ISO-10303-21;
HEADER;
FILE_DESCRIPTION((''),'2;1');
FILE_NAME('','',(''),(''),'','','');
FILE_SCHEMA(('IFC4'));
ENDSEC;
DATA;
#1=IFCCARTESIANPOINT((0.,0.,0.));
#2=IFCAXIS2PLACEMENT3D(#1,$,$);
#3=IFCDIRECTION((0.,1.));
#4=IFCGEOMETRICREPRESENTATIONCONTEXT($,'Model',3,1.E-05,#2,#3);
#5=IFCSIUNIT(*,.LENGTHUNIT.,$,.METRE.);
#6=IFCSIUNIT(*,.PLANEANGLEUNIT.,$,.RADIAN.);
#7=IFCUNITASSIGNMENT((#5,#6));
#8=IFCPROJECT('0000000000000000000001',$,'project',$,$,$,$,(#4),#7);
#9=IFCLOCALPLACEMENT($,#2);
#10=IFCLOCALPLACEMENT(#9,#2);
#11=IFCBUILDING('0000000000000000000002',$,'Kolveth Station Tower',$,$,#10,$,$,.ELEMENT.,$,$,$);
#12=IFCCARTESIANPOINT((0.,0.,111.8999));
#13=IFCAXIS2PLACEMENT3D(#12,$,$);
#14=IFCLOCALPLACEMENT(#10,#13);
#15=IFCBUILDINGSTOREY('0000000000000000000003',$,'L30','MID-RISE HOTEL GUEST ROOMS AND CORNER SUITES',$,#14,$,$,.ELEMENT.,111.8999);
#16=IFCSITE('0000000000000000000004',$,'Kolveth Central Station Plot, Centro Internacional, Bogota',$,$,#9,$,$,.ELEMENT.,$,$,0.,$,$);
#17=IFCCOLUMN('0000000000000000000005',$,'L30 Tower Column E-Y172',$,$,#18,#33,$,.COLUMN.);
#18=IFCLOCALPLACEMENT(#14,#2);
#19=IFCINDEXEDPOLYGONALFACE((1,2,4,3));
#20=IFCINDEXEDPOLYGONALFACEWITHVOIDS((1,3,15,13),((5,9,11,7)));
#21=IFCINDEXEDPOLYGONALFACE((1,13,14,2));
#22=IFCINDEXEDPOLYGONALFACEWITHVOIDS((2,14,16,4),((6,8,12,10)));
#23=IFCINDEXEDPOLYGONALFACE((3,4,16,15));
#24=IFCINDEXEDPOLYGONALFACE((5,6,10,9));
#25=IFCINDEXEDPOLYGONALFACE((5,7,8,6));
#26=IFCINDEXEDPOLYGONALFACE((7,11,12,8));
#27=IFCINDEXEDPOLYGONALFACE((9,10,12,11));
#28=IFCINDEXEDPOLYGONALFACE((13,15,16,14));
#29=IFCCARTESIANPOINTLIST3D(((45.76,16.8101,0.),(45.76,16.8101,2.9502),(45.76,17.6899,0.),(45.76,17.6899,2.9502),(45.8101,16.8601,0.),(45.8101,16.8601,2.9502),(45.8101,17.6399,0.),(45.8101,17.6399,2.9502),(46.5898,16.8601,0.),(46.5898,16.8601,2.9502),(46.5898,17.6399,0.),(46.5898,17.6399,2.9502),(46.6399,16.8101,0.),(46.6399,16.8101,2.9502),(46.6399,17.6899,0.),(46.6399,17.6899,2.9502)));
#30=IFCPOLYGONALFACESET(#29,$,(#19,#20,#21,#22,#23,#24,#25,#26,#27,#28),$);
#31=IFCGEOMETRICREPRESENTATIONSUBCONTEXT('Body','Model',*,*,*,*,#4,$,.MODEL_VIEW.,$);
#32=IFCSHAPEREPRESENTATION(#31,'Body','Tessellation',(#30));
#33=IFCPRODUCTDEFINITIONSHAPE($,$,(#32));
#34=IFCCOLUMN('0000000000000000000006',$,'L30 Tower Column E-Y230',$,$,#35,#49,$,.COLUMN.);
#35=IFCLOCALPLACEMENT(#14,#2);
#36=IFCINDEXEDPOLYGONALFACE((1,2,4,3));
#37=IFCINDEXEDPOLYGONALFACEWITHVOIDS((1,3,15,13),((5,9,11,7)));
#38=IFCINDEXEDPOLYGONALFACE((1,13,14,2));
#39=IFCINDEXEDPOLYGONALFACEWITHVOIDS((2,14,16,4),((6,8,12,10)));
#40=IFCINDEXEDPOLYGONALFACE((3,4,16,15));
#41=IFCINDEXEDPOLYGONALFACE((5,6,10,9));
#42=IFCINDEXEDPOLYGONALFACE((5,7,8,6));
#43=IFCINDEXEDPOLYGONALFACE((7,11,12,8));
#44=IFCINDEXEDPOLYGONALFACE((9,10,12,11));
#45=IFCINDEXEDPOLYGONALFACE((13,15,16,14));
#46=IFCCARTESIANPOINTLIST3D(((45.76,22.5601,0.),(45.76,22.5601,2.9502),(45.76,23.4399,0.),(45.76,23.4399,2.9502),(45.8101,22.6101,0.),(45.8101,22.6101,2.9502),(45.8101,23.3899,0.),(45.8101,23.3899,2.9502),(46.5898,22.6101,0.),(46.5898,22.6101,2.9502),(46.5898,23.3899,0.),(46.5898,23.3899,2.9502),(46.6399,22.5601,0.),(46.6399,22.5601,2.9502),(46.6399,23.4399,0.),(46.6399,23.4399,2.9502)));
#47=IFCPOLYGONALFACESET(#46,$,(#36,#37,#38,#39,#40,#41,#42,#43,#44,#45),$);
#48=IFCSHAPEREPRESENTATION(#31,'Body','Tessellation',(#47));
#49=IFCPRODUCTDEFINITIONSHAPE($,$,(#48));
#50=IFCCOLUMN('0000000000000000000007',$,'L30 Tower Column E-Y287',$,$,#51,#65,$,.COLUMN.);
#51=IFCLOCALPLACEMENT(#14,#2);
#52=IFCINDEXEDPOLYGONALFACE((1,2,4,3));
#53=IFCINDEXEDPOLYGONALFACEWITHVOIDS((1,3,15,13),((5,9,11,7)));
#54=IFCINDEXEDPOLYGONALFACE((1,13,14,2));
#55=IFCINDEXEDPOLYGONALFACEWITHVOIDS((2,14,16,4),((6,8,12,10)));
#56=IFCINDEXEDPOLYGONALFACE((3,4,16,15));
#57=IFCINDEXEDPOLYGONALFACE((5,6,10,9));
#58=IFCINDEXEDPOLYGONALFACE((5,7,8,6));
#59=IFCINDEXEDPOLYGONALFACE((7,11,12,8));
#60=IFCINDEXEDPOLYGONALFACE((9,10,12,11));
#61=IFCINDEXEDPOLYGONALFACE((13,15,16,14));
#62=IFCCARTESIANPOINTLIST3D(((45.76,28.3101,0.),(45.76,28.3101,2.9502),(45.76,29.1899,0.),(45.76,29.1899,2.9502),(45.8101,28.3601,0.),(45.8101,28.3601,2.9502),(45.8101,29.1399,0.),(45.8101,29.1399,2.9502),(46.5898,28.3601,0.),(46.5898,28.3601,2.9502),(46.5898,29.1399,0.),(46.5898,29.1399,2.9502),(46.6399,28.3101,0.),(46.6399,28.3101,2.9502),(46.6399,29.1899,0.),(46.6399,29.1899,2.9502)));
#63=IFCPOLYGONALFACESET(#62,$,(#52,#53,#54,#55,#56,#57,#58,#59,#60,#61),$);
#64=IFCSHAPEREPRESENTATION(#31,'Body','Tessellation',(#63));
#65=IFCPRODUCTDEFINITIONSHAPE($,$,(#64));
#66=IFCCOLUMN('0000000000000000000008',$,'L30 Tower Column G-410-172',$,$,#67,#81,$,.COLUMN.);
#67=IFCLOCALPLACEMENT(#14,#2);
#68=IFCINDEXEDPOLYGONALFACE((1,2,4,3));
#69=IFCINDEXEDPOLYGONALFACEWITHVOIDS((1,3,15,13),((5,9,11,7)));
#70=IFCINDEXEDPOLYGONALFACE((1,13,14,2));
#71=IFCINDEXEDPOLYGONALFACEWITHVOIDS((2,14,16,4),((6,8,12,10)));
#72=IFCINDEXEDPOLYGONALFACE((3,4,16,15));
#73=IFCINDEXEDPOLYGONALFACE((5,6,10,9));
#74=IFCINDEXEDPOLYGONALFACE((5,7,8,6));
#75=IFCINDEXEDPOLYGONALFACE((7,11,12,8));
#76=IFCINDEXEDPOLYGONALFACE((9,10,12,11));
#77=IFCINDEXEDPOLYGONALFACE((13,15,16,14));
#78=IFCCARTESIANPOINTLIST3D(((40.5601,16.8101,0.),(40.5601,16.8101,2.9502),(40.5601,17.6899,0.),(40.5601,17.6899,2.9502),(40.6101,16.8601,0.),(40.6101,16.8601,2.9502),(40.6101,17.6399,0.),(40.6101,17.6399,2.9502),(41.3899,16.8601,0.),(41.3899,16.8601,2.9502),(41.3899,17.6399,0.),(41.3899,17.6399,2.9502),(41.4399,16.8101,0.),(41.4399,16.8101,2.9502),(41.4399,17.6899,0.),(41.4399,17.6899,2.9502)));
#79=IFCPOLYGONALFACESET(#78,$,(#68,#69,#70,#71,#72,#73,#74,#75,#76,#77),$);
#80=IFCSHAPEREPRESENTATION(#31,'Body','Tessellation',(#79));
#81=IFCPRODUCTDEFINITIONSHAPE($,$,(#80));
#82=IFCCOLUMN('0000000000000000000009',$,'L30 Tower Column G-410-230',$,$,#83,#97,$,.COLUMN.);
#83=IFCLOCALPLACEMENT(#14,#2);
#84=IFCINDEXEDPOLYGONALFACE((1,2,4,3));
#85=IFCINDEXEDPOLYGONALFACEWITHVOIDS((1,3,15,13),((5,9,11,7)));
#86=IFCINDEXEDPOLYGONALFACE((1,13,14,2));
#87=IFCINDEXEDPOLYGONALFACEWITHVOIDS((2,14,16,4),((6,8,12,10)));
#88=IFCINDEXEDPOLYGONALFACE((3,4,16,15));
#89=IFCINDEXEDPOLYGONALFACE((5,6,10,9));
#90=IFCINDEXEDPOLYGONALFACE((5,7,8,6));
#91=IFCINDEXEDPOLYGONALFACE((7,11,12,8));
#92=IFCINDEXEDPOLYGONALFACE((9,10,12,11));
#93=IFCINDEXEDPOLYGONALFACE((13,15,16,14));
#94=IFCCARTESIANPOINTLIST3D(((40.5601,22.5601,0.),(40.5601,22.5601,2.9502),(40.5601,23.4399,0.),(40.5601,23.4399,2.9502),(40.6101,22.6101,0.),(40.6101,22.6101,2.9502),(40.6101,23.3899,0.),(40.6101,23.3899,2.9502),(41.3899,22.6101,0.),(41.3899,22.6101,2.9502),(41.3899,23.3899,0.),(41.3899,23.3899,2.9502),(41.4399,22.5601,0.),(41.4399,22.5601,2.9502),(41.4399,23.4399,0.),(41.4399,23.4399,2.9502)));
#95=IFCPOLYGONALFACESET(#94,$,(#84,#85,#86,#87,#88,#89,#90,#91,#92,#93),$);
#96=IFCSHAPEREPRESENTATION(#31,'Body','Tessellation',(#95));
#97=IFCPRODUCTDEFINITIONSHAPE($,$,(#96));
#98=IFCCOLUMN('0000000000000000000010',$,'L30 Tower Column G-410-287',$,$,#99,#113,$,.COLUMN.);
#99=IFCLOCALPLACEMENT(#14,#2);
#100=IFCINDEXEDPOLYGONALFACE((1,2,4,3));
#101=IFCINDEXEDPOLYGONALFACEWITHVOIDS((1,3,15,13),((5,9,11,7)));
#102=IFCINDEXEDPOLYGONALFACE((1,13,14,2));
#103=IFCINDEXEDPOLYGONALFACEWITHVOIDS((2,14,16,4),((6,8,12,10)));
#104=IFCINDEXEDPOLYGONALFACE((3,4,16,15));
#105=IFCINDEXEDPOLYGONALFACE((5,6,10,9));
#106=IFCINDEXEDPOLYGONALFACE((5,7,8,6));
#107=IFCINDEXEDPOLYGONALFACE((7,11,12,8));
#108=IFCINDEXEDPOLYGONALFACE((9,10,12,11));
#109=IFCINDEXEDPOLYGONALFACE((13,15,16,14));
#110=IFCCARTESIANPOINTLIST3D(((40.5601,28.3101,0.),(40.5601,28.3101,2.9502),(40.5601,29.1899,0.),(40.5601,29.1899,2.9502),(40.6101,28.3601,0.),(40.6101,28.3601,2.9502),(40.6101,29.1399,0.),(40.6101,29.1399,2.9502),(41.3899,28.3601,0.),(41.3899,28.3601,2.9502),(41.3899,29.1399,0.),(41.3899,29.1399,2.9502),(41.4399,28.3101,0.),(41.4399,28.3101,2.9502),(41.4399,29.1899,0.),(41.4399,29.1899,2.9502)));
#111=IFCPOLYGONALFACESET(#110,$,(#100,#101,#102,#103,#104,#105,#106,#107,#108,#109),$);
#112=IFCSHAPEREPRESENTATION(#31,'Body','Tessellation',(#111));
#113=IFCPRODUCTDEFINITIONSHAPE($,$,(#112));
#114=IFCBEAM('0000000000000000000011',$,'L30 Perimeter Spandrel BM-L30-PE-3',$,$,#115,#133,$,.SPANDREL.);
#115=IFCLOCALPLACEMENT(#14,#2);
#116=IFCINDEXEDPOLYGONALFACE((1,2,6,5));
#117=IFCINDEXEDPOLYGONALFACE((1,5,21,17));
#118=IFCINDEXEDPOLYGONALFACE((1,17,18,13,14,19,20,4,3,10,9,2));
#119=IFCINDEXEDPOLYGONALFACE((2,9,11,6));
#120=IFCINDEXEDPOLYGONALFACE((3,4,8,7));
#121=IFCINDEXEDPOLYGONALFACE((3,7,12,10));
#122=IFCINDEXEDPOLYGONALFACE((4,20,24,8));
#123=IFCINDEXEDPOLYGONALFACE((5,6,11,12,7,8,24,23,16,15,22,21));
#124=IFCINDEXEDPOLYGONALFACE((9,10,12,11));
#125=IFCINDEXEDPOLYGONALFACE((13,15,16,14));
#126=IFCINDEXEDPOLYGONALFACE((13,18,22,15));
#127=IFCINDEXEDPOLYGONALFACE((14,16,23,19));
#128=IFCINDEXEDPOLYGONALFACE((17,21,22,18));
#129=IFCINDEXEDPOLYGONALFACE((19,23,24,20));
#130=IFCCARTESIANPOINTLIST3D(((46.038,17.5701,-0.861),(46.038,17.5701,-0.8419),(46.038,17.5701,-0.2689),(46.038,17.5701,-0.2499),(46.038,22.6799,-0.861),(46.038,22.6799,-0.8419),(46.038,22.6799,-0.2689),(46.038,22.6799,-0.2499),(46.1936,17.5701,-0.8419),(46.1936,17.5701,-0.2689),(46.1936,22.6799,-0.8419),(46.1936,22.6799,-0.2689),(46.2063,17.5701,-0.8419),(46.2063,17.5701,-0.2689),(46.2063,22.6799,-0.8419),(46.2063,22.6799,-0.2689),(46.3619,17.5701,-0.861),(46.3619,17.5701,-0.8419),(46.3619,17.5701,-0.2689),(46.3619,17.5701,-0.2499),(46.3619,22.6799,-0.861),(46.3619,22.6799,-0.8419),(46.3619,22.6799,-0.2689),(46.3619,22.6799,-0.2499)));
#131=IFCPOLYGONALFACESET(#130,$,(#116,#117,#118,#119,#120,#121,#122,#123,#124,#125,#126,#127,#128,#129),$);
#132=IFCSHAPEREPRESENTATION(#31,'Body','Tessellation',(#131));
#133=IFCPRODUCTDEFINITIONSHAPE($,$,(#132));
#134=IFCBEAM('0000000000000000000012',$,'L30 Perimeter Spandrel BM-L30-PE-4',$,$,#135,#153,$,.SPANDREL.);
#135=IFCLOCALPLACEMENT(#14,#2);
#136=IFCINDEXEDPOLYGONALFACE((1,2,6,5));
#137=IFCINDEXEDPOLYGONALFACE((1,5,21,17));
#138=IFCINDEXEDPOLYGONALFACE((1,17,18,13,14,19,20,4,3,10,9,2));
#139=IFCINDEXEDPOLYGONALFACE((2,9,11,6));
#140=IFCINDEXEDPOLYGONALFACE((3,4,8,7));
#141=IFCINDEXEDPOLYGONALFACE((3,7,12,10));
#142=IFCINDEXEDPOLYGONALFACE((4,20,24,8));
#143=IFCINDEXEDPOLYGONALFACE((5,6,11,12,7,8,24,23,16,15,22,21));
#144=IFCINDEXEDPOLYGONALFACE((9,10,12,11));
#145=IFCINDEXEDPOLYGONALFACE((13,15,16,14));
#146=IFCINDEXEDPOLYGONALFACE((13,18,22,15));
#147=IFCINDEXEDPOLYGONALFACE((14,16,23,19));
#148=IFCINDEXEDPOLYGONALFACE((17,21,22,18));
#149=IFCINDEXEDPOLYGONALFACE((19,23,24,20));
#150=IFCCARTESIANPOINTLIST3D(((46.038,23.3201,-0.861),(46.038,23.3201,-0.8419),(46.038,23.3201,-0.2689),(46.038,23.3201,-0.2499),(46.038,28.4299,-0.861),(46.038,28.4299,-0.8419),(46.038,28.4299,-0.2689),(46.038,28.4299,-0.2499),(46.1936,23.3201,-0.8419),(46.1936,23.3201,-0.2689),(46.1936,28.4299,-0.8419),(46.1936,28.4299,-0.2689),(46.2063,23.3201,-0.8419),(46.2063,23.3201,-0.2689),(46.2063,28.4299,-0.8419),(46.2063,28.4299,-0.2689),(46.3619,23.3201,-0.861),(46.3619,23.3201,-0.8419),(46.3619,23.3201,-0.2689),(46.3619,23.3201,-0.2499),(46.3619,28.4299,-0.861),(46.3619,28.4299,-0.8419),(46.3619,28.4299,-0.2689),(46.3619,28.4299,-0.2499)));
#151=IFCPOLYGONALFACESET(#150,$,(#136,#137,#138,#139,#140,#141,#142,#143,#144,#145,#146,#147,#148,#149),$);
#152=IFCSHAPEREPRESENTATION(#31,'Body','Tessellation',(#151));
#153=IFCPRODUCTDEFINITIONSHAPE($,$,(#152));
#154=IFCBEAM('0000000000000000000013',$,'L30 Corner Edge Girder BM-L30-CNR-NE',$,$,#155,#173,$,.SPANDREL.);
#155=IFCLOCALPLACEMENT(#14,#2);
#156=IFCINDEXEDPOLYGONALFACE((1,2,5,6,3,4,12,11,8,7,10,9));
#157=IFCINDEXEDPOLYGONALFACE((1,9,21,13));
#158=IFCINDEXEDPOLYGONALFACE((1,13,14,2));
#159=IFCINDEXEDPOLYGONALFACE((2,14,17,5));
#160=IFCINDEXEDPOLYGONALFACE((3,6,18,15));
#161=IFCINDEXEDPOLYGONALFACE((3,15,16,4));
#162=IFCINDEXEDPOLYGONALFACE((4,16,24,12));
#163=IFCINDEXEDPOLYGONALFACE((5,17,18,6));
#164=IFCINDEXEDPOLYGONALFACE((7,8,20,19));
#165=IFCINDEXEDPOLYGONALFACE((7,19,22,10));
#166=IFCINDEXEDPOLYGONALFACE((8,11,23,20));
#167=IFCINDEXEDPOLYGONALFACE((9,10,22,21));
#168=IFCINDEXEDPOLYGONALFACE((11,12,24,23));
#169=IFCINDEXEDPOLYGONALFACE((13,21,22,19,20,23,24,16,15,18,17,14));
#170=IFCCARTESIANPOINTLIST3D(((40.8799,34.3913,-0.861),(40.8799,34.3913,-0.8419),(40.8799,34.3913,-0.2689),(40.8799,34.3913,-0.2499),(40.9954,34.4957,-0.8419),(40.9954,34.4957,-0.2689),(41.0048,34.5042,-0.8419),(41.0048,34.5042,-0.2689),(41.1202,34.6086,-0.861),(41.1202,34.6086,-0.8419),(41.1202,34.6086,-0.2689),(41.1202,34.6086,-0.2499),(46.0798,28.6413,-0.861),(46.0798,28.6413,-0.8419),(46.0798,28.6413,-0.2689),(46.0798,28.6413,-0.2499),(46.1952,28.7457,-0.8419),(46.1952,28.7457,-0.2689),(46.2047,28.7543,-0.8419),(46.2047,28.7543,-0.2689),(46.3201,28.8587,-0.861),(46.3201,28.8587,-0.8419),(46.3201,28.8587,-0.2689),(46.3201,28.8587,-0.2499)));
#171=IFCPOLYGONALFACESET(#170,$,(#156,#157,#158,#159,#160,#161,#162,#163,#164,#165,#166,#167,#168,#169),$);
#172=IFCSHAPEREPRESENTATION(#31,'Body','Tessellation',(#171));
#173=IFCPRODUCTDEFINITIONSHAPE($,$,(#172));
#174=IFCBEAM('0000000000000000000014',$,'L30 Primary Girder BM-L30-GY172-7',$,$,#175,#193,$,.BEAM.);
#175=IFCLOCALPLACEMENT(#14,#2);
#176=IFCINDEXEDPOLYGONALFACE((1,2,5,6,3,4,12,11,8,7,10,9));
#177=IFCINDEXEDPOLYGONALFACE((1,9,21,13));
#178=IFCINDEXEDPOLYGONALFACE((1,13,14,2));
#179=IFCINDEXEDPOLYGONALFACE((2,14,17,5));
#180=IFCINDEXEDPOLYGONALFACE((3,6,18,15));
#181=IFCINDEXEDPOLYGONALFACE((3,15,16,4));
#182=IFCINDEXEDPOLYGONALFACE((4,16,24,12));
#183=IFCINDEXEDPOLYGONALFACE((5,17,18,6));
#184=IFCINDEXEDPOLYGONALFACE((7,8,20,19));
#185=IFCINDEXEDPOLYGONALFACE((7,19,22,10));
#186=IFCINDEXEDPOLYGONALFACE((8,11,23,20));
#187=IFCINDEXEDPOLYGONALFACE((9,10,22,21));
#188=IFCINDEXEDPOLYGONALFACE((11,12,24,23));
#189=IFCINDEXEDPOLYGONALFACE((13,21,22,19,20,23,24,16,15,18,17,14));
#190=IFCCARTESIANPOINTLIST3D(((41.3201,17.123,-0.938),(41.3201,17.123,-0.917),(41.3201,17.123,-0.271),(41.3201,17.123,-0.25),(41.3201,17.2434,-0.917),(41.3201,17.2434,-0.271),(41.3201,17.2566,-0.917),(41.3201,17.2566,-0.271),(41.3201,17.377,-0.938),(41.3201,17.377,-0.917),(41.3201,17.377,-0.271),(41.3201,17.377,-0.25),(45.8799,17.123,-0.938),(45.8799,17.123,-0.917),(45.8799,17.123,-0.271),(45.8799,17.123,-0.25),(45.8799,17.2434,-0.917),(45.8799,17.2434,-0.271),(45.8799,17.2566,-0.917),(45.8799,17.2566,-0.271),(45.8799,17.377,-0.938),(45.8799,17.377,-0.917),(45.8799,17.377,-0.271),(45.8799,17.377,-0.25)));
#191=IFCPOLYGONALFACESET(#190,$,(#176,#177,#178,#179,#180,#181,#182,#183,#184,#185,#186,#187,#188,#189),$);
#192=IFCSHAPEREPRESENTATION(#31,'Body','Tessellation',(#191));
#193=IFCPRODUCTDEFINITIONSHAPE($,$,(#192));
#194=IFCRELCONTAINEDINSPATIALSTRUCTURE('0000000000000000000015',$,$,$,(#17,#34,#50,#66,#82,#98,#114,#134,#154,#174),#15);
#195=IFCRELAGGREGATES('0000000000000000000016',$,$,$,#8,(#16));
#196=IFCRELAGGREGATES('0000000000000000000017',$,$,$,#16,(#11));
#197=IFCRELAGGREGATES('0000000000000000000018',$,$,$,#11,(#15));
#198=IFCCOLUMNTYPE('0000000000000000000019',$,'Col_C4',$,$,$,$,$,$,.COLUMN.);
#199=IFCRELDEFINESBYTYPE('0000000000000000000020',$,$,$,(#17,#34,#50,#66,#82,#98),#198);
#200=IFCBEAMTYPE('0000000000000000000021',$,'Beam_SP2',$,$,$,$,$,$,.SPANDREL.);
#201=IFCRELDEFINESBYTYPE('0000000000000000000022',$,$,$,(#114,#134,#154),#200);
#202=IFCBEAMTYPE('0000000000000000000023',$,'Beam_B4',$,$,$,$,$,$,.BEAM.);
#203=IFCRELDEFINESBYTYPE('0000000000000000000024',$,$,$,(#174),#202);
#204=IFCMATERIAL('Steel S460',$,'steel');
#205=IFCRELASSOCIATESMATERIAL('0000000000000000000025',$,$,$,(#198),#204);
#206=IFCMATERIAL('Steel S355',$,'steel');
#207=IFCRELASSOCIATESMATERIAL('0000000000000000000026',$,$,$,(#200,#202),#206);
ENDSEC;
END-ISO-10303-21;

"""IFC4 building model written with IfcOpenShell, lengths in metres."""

from ifc_helpers import new_model, si_unit, direction, frame, origin, origin_2d, place, context, subcontext, project, spatial, hollow_rectangle, i_section, extrude, source, transform, mapped, material, material_profile, profile_set, type_object, element, save


model = new_model("IFC4")

# Units and contexts
model_context = context("Model", 3, precision=1e-05, world=origin(), true_north=direction((0.0, 1.0)))
body_context = subcontext(model_context, "Body", "Model", "MODEL_VIEW")
ifc_project = project(units=[si_unit("LENGTHUNIT", "METRE"), si_unit("PLANEANGLEUNIT", "RADIAN")], contexts=[model_context])

# Site, building, storey
site_placement = place(None, origin())
site = spatial("IfcSite", under=ifc_project, at=site_placement, Name="Kolveth Central Station Plot, Centro Internacional, Bogota", CompositionType="ELEMENT", RefElevation=0.0)
building_placement = place(site_placement, origin())
building = spatial("IfcBuilding", under=site, at=building_placement, Name="Kolveth Station Tower", CompositionType="ELEMENT")
storey_placement = place(building_placement, frame((0.0, 0.0, 111.8999)))
storey = spatial("IfcBuildingStorey", under=building, at=storey_placement, Name="L30", Description="MID-RISE HOTEL GUEST ROOMS AND CORNER SUITES", CompositionType="ELEMENT", Elevation=111.8999)

# Columns
ifc_material_1 = material(Name="Steel S460", Category="steel")
ifc_material_profile_1 = material_profile(ifc_material_1, hollow_rectangle(XDim=0.8799, YDim=0.8799, WallThickness=0.05, at=origin_2d()), Name="BOX880x880x50")
ifc_profile_set_1 = profile_set([ifc_material_profile_1], Name="Steel S460")
column_type = type_object("IfcColumnType", Name="Col_C4", PredefinedType="COLUMN", material=ifc_profile_set_1)
shared_shape_1 = source(origin(), body_context, "Body", "SweptSolid", [
    extrude(hollow_rectangle(XDim=0.8799, YDim=0.8799, WallThickness=0.05, at=origin_2d()), origin(), (0.0, 0.0, 1.0), 2.9502),
])
for number, where, z_axis, x_axis, name in (
    (1, (46.2, 17.25, 0.0), (0.0, 0.0, 1.0), (1.0, 0.0, 0.0), "L30 Tower Column E-Y172"),
    (2, (46.2, 23.0, 0.0), (0.0, 0.0, 1.0), (1.0, 0.0, 0.0), "L30 Tower Column E-Y230"),
    (3, (46.2, 28.75, 0.0), (0.0, 0.0, 1.0), (1.0, 0.0, 0.0), "L30 Tower Column E-Y287"),
    (4, (41.0, 17.25, 0.0), (0.0, 0.0, 1.0), (1.0, 0.0, 0.0), "L30 Tower Column G-410-172"),
    (5, (41.0, 23.0, 0.0), (0.0, 0.0, 1.0), (1.0, 0.0, 0.0), "L30 Tower Column G-410-230"),
    (6, (41.0, 28.75, 0.0), (0.0, 0.0, 1.0), (1.0, 0.0, 0.0), "L30 Tower Column G-410-287"),
):
    element("IfcColumn", number, at=place(storey_placement, frame(where, z_axis=z_axis, x_axis=x_axis)), inside=storey, type_object=column_type, Name=name, PredefinedType="COLUMN", context=body_context, shape_type="MappedRepresentation", body=[
        mapped(shared_shape_1, transform((0.0, 0.0, 0.0), x_axis=(1.0, 0.0, 0.0), y_axis=(0.0, 1.0, 0.0), z_axis=(0.0, 0.0, 1.0), scale=1.0)),
    ])

# Beams
ifc_material_2 = material(Name="Steel S355", Category="steel")
ifc_material_profile_2 = material_profile(ifc_material_2, i_section(OverallWidth=0.324, OverallDepth=0.6111, WebThickness=0.0127, FlangeThickness=0.019, at=origin_2d()), Name="W610x155")
ifc_profile_set_2 = profile_set([ifc_material_profile_2], Name="Steel S355")
beam_type_1 = type_object("IfcBeamType", Name="Beam_SP2", PredefinedType="SPANDREL", material=ifc_profile_set_2)
shared_shape_2 = source(origin(), body_context, "Body", "SweptSolid", [
    extrude(i_section(OverallWidth=0.324, OverallDepth=0.6111, WebThickness=0.0127, FlangeThickness=0.019, at=origin_2d()), origin(), (0.0, 0.0, 1.0), 5.1099),
])
for number, where, z_axis, x_axis, name in (
    (7, (46.2, 17.5701, -0.5554), (0.0, 1.0, 0.0), (-1.0, 0.0, 0.0), "L30 Perimeter Spandrel BM-L30-PE-3"),
    (8, (46.2, 23.3201, -0.5554), (0.0, 1.0, 0.0), (-1.0, 0.0, 0.0), "L30 Perimeter Spandrel BM-L30-PE-4"),
):
    element("IfcBeam", number, at=place(storey_placement, frame(where, z_axis=z_axis, x_axis=x_axis)), inside=storey, type_object=beam_type_1, Name=name, PredefinedType="SPANDREL", context=body_context, shape_type="MappedRepresentation", body=[
        mapped(shared_shape_2, transform((0.0, 0.0, 0.0), x_axis=(1.0, 0.0, 0.0), y_axis=(0.0, 1.0, 0.0), z_axis=(0.0, 0.0, 1.0), scale=1.0)),
    ])
shared_shape_3 = source(origin(), body_context, "Body", "SweptSolid", [
    extrude(i_section(OverallWidth=0.324, OverallDepth=0.6111, WebThickness=0.0127, FlangeThickness=0.019, at=origin_2d()), origin(), (0.0, 0.0, 1.0), 7.7524),
])
beam_placement = place(storey_placement, frame((46.2, 28.75, -0.5554), z_axis=(-0.670741, 0.741692, 0.0), x_axis=(-0.741692, -0.670741, 0.0)))
element("IfcBeam", 9, at=beam_placement, inside=storey, type_object=beam_type_1, Name="L30 Corner Edge Girder BM-L30-CNR-NE", PredefinedType="SPANDREL", context=body_context, shape_type="MappedRepresentation", body=[
    mapped(shared_shape_3, transform((0.0, 0.0, 0.0), x_axis=(1.0, 0.0, 0.0), y_axis=(0.0, 1.0, 0.0), z_axis=(0.0, 0.0, 1.0), scale=1.0)),
])
ifc_material_profile_3 = material_profile(ifc_material_2, i_section(OverallWidth=0.2539, OverallDepth=0.688, WebThickness=0.0132, FlangeThickness=0.021, at=origin_2d()), Name="W690x152")
ifc_profile_set_3 = profile_set([ifc_material_profile_3], Name="Steel S355")
beam_type_2 = type_object("IfcBeamType", Name="Beam_B4", PredefinedType="BEAM", material=ifc_profile_set_3)
shared_shape_4 = source(origin(), body_context, "Body", "SweptSolid", [
    extrude(i_section(OverallWidth=0.2539, OverallDepth=0.688, WebThickness=0.0132, FlangeThickness=0.021, at=origin_2d()), origin(), (0.0, 0.0, 1.0), 4.5598),
])
for number, where, z_axis, x_axis, name in (
    (10, (41.3201, 17.25, -0.594), (1.0, 0.0, 0.0), (0.0, 1.0, 0.0), "L30 Primary Girder BM-L30-GY172-7"),
):
    element("IfcBeam", number, at=place(storey_placement, frame(where, z_axis=z_axis, x_axis=x_axis)), inside=storey, type_object=beam_type_2, Name=name, PredefinedType="BEAM", context=body_context, shape_type="MappedRepresentation", body=[
        mapped(shared_shape_4, transform((0.0, 0.0, 0.0), x_axis=(1.0, 0.0, 0.0), y_axis=(0.0, 1.0, 0.0), z_axis=(0.0, 0.0, 1.0), scale=1.0)),
    ])

save(model, "model.ifc")
